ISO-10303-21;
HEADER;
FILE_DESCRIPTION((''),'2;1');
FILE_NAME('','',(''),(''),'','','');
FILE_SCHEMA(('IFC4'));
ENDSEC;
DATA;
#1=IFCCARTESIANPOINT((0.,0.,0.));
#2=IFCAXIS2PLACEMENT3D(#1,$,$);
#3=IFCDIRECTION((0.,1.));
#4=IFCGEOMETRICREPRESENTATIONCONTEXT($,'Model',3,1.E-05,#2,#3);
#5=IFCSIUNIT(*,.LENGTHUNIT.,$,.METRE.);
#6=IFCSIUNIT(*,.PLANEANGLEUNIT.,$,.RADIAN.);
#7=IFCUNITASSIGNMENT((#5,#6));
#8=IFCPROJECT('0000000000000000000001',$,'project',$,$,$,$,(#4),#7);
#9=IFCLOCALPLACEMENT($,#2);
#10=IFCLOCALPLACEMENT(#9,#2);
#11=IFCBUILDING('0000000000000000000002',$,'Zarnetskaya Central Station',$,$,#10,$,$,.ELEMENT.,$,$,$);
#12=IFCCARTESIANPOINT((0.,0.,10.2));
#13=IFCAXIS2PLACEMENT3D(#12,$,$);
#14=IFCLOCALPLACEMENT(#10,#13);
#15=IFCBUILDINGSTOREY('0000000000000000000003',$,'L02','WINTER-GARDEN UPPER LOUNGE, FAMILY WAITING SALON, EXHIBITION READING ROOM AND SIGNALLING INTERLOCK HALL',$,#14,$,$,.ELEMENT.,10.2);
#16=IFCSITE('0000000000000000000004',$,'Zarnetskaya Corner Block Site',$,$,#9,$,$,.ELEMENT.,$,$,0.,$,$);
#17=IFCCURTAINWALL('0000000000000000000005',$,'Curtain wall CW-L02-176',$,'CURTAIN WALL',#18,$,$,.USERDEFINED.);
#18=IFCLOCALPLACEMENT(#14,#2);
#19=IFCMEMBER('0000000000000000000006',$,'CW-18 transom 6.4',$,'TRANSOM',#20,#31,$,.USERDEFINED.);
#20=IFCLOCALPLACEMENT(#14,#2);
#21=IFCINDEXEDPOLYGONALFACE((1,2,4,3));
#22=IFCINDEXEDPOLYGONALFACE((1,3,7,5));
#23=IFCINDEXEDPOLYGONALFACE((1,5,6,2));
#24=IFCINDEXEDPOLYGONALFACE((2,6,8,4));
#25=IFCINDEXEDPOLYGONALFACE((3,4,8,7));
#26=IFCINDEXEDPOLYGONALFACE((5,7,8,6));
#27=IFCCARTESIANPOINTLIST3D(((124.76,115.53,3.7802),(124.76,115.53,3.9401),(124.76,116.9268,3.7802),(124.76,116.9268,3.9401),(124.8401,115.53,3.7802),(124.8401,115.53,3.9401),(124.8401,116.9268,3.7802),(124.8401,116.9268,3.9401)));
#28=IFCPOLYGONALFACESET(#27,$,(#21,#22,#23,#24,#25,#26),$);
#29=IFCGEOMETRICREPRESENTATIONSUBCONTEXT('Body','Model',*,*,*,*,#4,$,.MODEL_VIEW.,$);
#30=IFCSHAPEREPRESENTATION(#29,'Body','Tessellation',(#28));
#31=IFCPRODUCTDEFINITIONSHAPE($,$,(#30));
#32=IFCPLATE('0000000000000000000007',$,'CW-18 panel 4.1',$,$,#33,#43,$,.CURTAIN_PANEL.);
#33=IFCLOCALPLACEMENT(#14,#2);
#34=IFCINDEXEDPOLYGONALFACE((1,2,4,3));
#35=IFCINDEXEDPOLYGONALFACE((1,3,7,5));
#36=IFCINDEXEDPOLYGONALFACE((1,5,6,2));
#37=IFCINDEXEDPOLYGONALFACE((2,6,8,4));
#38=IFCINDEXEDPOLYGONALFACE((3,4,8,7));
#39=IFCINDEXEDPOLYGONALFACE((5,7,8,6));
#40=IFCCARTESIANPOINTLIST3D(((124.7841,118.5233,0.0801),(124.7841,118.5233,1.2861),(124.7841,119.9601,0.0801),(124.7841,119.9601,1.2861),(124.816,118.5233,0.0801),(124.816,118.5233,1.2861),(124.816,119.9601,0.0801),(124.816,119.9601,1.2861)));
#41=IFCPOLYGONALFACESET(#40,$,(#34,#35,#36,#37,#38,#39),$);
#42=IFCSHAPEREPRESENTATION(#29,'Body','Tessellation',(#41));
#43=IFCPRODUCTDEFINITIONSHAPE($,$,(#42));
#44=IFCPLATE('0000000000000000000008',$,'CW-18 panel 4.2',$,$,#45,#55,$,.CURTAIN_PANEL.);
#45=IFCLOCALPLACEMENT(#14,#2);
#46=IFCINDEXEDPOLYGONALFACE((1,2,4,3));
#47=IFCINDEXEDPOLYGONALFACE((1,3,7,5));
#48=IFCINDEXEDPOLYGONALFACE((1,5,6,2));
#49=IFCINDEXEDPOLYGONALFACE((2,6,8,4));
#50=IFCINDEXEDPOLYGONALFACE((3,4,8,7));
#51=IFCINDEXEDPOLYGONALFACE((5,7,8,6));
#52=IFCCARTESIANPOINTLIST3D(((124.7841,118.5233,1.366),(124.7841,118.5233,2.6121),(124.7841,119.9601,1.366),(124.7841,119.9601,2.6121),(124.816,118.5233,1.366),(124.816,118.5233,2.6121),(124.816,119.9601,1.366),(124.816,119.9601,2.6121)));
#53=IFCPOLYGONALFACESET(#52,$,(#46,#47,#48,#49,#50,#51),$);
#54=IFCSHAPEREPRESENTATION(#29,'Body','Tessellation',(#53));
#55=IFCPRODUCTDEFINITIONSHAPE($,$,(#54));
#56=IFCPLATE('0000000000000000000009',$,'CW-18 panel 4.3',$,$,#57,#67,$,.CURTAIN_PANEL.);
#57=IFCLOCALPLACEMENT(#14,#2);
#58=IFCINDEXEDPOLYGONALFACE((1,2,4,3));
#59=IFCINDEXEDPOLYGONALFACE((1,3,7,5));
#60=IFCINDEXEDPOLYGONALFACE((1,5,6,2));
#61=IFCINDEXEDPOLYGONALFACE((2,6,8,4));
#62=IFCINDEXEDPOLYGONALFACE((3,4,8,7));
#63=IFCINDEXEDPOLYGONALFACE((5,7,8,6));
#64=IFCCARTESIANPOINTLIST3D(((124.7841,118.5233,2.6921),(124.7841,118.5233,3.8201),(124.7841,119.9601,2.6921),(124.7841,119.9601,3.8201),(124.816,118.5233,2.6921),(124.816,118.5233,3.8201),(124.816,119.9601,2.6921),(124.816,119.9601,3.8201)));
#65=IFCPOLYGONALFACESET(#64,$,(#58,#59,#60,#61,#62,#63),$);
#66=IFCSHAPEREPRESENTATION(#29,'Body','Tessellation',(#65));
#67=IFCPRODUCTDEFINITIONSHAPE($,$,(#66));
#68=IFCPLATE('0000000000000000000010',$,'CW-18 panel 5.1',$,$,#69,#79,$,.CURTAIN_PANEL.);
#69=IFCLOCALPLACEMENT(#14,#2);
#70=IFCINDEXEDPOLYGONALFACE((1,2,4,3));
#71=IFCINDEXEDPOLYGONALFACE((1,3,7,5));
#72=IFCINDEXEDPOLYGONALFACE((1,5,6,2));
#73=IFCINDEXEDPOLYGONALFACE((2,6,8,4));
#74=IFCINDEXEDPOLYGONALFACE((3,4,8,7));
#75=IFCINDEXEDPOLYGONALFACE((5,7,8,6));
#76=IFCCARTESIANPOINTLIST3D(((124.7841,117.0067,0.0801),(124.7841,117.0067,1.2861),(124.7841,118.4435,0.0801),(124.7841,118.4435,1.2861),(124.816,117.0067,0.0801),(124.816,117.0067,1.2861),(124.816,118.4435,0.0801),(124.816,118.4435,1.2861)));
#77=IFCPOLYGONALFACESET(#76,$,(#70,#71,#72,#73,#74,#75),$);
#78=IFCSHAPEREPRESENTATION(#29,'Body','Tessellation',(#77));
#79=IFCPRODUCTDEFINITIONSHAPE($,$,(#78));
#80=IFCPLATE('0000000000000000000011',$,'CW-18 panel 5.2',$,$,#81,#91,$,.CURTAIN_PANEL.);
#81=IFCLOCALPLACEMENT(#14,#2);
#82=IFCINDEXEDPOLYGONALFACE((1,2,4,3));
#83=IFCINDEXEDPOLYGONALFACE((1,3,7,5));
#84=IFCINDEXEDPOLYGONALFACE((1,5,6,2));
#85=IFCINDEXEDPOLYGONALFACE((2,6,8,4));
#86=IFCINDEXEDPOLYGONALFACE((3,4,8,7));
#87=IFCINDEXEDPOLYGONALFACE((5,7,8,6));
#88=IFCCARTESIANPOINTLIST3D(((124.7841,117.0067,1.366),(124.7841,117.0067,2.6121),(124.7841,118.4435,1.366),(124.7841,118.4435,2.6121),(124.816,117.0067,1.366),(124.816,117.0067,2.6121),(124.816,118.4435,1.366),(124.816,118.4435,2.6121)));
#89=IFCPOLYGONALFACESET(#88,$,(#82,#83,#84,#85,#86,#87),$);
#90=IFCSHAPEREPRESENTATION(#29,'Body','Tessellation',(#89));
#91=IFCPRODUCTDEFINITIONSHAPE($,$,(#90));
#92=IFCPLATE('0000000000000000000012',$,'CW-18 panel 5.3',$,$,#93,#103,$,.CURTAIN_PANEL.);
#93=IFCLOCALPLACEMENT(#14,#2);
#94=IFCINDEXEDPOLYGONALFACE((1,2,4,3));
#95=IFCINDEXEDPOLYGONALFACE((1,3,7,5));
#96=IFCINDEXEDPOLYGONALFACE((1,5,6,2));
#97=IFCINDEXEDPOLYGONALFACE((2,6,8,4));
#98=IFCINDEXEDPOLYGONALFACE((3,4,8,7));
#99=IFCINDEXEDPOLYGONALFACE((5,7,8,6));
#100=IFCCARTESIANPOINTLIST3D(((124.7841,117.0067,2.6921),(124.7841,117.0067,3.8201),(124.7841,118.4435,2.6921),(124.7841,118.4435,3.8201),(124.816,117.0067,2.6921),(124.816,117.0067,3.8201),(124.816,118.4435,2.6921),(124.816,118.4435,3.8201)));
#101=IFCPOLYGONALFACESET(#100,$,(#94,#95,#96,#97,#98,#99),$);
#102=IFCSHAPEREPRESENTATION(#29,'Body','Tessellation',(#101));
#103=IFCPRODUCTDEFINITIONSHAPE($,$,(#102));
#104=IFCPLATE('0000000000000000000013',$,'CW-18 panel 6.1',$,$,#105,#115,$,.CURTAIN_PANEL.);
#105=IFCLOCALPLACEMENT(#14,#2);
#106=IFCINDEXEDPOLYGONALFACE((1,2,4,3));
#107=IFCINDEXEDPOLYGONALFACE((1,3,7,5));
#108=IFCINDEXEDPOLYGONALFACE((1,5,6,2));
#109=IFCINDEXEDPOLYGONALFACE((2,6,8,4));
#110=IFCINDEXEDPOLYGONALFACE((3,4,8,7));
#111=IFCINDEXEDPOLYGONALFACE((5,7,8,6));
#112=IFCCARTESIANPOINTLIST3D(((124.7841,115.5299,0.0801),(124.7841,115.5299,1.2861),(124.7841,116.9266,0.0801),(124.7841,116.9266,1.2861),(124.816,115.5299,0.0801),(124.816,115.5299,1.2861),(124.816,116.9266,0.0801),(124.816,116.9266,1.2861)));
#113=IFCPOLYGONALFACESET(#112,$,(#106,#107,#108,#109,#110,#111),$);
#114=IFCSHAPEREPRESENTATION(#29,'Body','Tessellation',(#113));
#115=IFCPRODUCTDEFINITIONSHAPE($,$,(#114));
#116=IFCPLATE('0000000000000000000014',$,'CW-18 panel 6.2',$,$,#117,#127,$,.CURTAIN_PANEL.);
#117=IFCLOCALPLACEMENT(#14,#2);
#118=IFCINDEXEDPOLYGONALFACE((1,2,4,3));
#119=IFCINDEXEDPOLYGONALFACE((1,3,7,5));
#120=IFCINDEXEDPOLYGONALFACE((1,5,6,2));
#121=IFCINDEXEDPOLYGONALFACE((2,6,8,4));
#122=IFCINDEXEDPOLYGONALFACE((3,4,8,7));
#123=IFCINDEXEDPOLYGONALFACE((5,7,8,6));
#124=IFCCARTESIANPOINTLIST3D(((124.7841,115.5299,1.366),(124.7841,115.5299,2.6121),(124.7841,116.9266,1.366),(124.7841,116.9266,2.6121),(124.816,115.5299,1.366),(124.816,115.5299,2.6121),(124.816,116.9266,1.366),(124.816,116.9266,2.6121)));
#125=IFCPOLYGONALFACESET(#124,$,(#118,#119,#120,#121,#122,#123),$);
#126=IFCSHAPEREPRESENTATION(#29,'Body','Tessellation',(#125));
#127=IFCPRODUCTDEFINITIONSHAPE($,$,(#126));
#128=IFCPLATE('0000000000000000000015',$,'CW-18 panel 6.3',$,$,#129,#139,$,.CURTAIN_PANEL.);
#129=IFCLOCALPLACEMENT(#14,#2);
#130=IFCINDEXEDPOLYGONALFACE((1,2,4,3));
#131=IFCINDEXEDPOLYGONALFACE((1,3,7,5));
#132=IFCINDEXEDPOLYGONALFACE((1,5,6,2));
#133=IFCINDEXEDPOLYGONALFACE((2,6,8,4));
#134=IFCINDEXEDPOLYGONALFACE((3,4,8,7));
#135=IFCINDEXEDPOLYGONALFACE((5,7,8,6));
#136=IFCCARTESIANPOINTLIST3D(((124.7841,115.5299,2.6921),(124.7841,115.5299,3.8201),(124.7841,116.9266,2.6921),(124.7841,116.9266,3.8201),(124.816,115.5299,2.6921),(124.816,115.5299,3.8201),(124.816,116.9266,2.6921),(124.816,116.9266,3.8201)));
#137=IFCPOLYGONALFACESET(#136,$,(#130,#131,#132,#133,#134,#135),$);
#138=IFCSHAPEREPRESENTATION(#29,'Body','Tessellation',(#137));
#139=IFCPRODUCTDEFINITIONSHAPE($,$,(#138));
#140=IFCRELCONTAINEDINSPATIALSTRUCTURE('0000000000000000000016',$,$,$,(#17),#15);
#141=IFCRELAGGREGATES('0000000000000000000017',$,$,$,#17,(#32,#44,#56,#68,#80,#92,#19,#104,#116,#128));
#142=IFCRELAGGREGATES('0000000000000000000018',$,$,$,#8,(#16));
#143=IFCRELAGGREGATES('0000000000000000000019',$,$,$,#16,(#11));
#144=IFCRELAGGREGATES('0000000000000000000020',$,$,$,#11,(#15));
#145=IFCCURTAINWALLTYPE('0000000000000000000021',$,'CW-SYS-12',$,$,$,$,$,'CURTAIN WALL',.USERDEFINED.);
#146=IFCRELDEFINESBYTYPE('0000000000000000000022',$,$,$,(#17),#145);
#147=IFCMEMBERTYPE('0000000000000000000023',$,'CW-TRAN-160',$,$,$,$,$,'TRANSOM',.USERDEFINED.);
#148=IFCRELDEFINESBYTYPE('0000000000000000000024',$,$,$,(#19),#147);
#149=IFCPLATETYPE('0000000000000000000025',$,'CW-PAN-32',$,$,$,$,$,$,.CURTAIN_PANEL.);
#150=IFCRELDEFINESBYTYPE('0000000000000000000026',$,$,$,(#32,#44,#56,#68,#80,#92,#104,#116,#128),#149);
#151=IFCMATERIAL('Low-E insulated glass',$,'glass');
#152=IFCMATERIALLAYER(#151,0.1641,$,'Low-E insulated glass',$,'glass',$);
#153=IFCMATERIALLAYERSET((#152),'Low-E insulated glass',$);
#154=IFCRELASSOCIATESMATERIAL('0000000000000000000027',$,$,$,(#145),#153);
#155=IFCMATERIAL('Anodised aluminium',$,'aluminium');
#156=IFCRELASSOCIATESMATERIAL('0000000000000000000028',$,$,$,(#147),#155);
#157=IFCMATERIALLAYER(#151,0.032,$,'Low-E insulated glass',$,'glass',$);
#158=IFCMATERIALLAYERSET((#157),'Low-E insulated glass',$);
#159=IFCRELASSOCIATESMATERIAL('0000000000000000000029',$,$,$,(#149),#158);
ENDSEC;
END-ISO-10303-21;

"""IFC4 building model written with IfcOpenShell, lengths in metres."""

from ifc_helpers import new_model, si_unit, direction, frame, origin, origin_2d, place, context, subcontext, project, spatial, rectangle, extrude, material, layer, layer_set, material_profile, profile_set, type_object, element, aggregate, save


model = new_model("IFC4")

# Units and contexts
model_context = context("Model", 3, precision=1e-05, world=origin(), true_north=direction((0.0, 1.0)))
body_context = subcontext(model_context, "Body", "Model", "MODEL_VIEW")
ifc_project = project(units=[si_unit("LENGTHUNIT", "METRE"), si_unit("PLANEANGLEUNIT", "RADIAN")], contexts=[model_context])

# Site, building, storey
site_placement = place(None, origin())
site = spatial("IfcSite", under=ifc_project, at=site_placement, Name="Zarnetskaya Corner Block Site", CompositionType="ELEMENT", RefElevation=0.0)
building_placement = place(site_placement, origin())
building = spatial("IfcBuilding", under=site, at=building_placement, Name="Zarnetskaya Central Station", CompositionType="ELEMENT")
storey_placement = place(building_placement, frame((0.0, 0.0, 10.2)))
storey = spatial("IfcBuildingStorey", under=building, at=storey_placement, Name="L02", Description="WINTER-GARDEN UPPER LOUNGE, FAMILY WAITING SALON, EXHIBITION READING ROOM AND SIGNALLING INTERLOCK HALL", CompositionType="ELEMENT", Elevation=10.2)

# Curtain wall, member, plates
ifc_material_1 = material(Name="Low-E insulated glass", Category="glass")
ifc_layer_1 = layer(ifc_material_1, 0.1641, Name="Low-E insulated glass", Category="glass")
ifc_layer_set_1 = layer_set([ifc_layer_1], Name="Low-E insulated glass")
curtain_wall_type = type_object("IfcCurtainWallType", Name="CW-SYS-12", ElementType="CURTAIN WALL", PredefinedType="USERDEFINED", material=ifc_layer_set_1)
curtain_wall_placement = place(storey_placement, origin())
curtain_wall = element("IfcCurtainWall", 1, at=curtain_wall_placement, inside=storey, type_object=curtain_wall_type, Name="Curtain wall CW-L02-176", ObjectType="CURTAIN WALL", PredefinedType="USERDEFINED")
ifc_material_2 = material(Name="Anodised aluminium", Category="aluminium")
ifc_material_profile_1 = material_profile(ifc_material_2, rectangle(XDim=0.0801, YDim=0.1599, at=origin_2d()), Name="ALU TRAN 80x160")
ifc_profile_set_1 = profile_set([ifc_material_profile_1], Name="Anodised aluminium")
member_type_1 = type_object("IfcMemberType", Name="CW-TRAN-160", ElementType="TRANSOM", PredefinedType="USERDEFINED", material=ifc_profile_set_1)
member_1_placement = place(storey_placement, frame((124.8, 116.9268, 3.8601), z_axis=(0.0, -1.0, 0.0), x_axis=(1.0, 0.0, 0.0)))
member_1 = element("IfcMember", 2, at=member_1_placement, type_object=member_type_1, Name="CW-18 transom 6.4", ObjectType="TRANSOM", PredefinedType="USERDEFINED", context=body_context, shape_type="SweptSolid", body=[
    extrude(rectangle(XDim=0.0801, YDim=0.1599, at=origin_2d()), origin(), (0.0, 0.0, 1.0), 1.3967),
])
ifc_layer_2 = layer(ifc_material_1, 0.032, Name="Low-E insulated glass", Category="glass")
ifc_layer_set_2 = layer_set([ifc_layer_2], Name="Low-E insulated glass")
plate_type = type_object("IfcPlateType", Name="CW-PAN-32", PredefinedType="CURTAIN_PANEL", material=ifc_layer_set_2)
plate_1_placement = place(storey_placement, frame((124.8, 119.2417, 0.0801), z_axis=(0.0, 0.0, 1.0), x_axis=(0.0, -1.0, 0.0)))
plate_1 = element("IfcPlate", 3, at=plate_1_placement, type_object=plate_type, Name="CW-18 panel 4.1", PredefinedType="CURTAIN_PANEL", context=body_context, shape_type="SweptSolid", body=[
    extrude(rectangle(XDim=1.4368, YDim=0.032, at=origin_2d()), origin(), (0.0, 0.0, 1.0), 1.2061),
])
plate_2_placement = place(storey_placement, frame((124.8, 119.2417, 1.366), z_axis=(0.0, 0.0, 1.0), x_axis=(0.0, -1.0, 0.0)))
plate_2 = element("IfcPlate", 4, at=plate_2_placement, type_object=plate_type, Name="CW-18 panel 4.2", PredefinedType="CURTAIN_PANEL", context=body_context, shape_type="SweptSolid", body=[
    extrude(rectangle(XDim=1.4368, YDim=0.032, at=origin_2d()), origin(), (0.0, 0.0, 1.0), 1.2461),
])
plate_3_placement = place(storey_placement, frame((124.8, 119.2417, 2.6921), z_axis=(0.0, 0.0, 1.0), x_axis=(0.0, -1.0, 0.0)))
plate_3 = element("IfcPlate", 5, at=plate_3_placement, type_object=plate_type, Name="CW-18 panel 4.3", PredefinedType="CURTAIN_PANEL", context=body_context, shape_type="SweptSolid", body=[
    extrude(rectangle(XDim=1.4368, YDim=0.032, at=origin_2d()), origin(), (0.0, 0.0, 1.0), 1.1279),
])
plate_4_placement = place(storey_placement, frame((124.8, 117.7251, 0.0801), z_axis=(0.0, 0.0, 1.0), x_axis=(0.0, -1.0, 0.0)))
plate_4 = element("IfcPlate", 6, at=plate_4_placement, type_object=plate_type, Name="CW-18 panel 5.1", PredefinedType="CURTAIN_PANEL", context=body_context, shape_type="SweptSolid", body=[
    extrude(rectangle(XDim=1.4368, YDim=0.032, at=origin_2d()), origin(), (0.0, 0.0, 1.0), 1.2061),
])
plate_5_placement = place(storey_placement, frame((124.8, 117.7251, 1.366), z_axis=(0.0, 0.0, 1.0), x_axis=(0.0, -1.0, 0.0)))
plate_5 = element("IfcPlate", 7, at=plate_5_placement, type_object=plate_type, Name="CW-18 panel 5.2", PredefinedType="CURTAIN_PANEL", context=body_context, shape_type="SweptSolid", body=[
    extrude(rectangle(XDim=1.4368, YDim=0.032, at=origin_2d()), origin(), (0.0, 0.0, 1.0), 1.2461),
])
plate_6_placement = place(storey_placement, frame((124.8, 117.7251, 2.6921), z_axis=(0.0, 0.0, 1.0), x_axis=(0.0, -1.0, 0.0)))
plate_6 = element("IfcPlate", 8, at=plate_6_placement, type_object=plate_type, Name="CW-18 panel 5.3", PredefinedType="CURTAIN_PANEL", context=body_context, shape_type="SweptSolid", body=[
    extrude(rectangle(XDim=1.4368, YDim=0.032, at=origin_2d()), origin(), (0.0, 0.0, 1.0), 1.1279),
])
plate_7_placement = place(storey_placement, frame((124.8, 116.2283, 0.0801), z_axis=(0.0, 0.0, 1.0), x_axis=(0.0, -1.0, 0.0)))
plate_7 = element("IfcPlate", 9, at=plate_7_placement, type_object=plate_type, Name="CW-18 panel 6.1", PredefinedType="CURTAIN_PANEL", context=body_context, shape_type="SweptSolid", body=[
    extrude(rectangle(XDim=1.3967, YDim=0.032, at=origin_2d()), origin(), (0.0, 0.0, 1.0), 1.2061),
])
plate_8_placement = place(storey_placement, frame((124.8, 116.2283, 1.366), z_axis=(0.0, 0.0, 1.0), x_axis=(0.0, -1.0, 0.0)))
plate_8 = element("IfcPlate", 10, at=plate_8_placement, type_object=plate_type, Name="CW-18 panel 6.2", PredefinedType="CURTAIN_PANEL", context=body_context, shape_type="SweptSolid", body=[
    extrude(rectangle(XDim=1.3967, YDim=0.032, at=origin_2d()), origin(), (0.0, 0.0, 1.0), 1.2461),
])
plate_9_placement = place(storey_placement, frame((124.8, 116.2283, 2.6921), z_axis=(0.0, 0.0, 1.0), x_axis=(0.0, -1.0, 0.0)))
plate_9 = element("IfcPlate", 11, at=plate_9_placement, type_object=plate_type, Name="CW-18 panel 6.3", PredefinedType="CURTAIN_PANEL", context=body_context, shape_type="SweptSolid", body=[
    extrude(rectangle(XDim=1.3967, YDim=0.032, at=origin_2d()), origin(), (0.0, 0.0, 1.0), 1.1279),
])
aggregate(curtain_wall, [plate_1, plate_2, plate_3, plate_4, plate_5, plate_6, member_1, plate_7, plate_8, plate_9])

save(model, "model.ifc")
